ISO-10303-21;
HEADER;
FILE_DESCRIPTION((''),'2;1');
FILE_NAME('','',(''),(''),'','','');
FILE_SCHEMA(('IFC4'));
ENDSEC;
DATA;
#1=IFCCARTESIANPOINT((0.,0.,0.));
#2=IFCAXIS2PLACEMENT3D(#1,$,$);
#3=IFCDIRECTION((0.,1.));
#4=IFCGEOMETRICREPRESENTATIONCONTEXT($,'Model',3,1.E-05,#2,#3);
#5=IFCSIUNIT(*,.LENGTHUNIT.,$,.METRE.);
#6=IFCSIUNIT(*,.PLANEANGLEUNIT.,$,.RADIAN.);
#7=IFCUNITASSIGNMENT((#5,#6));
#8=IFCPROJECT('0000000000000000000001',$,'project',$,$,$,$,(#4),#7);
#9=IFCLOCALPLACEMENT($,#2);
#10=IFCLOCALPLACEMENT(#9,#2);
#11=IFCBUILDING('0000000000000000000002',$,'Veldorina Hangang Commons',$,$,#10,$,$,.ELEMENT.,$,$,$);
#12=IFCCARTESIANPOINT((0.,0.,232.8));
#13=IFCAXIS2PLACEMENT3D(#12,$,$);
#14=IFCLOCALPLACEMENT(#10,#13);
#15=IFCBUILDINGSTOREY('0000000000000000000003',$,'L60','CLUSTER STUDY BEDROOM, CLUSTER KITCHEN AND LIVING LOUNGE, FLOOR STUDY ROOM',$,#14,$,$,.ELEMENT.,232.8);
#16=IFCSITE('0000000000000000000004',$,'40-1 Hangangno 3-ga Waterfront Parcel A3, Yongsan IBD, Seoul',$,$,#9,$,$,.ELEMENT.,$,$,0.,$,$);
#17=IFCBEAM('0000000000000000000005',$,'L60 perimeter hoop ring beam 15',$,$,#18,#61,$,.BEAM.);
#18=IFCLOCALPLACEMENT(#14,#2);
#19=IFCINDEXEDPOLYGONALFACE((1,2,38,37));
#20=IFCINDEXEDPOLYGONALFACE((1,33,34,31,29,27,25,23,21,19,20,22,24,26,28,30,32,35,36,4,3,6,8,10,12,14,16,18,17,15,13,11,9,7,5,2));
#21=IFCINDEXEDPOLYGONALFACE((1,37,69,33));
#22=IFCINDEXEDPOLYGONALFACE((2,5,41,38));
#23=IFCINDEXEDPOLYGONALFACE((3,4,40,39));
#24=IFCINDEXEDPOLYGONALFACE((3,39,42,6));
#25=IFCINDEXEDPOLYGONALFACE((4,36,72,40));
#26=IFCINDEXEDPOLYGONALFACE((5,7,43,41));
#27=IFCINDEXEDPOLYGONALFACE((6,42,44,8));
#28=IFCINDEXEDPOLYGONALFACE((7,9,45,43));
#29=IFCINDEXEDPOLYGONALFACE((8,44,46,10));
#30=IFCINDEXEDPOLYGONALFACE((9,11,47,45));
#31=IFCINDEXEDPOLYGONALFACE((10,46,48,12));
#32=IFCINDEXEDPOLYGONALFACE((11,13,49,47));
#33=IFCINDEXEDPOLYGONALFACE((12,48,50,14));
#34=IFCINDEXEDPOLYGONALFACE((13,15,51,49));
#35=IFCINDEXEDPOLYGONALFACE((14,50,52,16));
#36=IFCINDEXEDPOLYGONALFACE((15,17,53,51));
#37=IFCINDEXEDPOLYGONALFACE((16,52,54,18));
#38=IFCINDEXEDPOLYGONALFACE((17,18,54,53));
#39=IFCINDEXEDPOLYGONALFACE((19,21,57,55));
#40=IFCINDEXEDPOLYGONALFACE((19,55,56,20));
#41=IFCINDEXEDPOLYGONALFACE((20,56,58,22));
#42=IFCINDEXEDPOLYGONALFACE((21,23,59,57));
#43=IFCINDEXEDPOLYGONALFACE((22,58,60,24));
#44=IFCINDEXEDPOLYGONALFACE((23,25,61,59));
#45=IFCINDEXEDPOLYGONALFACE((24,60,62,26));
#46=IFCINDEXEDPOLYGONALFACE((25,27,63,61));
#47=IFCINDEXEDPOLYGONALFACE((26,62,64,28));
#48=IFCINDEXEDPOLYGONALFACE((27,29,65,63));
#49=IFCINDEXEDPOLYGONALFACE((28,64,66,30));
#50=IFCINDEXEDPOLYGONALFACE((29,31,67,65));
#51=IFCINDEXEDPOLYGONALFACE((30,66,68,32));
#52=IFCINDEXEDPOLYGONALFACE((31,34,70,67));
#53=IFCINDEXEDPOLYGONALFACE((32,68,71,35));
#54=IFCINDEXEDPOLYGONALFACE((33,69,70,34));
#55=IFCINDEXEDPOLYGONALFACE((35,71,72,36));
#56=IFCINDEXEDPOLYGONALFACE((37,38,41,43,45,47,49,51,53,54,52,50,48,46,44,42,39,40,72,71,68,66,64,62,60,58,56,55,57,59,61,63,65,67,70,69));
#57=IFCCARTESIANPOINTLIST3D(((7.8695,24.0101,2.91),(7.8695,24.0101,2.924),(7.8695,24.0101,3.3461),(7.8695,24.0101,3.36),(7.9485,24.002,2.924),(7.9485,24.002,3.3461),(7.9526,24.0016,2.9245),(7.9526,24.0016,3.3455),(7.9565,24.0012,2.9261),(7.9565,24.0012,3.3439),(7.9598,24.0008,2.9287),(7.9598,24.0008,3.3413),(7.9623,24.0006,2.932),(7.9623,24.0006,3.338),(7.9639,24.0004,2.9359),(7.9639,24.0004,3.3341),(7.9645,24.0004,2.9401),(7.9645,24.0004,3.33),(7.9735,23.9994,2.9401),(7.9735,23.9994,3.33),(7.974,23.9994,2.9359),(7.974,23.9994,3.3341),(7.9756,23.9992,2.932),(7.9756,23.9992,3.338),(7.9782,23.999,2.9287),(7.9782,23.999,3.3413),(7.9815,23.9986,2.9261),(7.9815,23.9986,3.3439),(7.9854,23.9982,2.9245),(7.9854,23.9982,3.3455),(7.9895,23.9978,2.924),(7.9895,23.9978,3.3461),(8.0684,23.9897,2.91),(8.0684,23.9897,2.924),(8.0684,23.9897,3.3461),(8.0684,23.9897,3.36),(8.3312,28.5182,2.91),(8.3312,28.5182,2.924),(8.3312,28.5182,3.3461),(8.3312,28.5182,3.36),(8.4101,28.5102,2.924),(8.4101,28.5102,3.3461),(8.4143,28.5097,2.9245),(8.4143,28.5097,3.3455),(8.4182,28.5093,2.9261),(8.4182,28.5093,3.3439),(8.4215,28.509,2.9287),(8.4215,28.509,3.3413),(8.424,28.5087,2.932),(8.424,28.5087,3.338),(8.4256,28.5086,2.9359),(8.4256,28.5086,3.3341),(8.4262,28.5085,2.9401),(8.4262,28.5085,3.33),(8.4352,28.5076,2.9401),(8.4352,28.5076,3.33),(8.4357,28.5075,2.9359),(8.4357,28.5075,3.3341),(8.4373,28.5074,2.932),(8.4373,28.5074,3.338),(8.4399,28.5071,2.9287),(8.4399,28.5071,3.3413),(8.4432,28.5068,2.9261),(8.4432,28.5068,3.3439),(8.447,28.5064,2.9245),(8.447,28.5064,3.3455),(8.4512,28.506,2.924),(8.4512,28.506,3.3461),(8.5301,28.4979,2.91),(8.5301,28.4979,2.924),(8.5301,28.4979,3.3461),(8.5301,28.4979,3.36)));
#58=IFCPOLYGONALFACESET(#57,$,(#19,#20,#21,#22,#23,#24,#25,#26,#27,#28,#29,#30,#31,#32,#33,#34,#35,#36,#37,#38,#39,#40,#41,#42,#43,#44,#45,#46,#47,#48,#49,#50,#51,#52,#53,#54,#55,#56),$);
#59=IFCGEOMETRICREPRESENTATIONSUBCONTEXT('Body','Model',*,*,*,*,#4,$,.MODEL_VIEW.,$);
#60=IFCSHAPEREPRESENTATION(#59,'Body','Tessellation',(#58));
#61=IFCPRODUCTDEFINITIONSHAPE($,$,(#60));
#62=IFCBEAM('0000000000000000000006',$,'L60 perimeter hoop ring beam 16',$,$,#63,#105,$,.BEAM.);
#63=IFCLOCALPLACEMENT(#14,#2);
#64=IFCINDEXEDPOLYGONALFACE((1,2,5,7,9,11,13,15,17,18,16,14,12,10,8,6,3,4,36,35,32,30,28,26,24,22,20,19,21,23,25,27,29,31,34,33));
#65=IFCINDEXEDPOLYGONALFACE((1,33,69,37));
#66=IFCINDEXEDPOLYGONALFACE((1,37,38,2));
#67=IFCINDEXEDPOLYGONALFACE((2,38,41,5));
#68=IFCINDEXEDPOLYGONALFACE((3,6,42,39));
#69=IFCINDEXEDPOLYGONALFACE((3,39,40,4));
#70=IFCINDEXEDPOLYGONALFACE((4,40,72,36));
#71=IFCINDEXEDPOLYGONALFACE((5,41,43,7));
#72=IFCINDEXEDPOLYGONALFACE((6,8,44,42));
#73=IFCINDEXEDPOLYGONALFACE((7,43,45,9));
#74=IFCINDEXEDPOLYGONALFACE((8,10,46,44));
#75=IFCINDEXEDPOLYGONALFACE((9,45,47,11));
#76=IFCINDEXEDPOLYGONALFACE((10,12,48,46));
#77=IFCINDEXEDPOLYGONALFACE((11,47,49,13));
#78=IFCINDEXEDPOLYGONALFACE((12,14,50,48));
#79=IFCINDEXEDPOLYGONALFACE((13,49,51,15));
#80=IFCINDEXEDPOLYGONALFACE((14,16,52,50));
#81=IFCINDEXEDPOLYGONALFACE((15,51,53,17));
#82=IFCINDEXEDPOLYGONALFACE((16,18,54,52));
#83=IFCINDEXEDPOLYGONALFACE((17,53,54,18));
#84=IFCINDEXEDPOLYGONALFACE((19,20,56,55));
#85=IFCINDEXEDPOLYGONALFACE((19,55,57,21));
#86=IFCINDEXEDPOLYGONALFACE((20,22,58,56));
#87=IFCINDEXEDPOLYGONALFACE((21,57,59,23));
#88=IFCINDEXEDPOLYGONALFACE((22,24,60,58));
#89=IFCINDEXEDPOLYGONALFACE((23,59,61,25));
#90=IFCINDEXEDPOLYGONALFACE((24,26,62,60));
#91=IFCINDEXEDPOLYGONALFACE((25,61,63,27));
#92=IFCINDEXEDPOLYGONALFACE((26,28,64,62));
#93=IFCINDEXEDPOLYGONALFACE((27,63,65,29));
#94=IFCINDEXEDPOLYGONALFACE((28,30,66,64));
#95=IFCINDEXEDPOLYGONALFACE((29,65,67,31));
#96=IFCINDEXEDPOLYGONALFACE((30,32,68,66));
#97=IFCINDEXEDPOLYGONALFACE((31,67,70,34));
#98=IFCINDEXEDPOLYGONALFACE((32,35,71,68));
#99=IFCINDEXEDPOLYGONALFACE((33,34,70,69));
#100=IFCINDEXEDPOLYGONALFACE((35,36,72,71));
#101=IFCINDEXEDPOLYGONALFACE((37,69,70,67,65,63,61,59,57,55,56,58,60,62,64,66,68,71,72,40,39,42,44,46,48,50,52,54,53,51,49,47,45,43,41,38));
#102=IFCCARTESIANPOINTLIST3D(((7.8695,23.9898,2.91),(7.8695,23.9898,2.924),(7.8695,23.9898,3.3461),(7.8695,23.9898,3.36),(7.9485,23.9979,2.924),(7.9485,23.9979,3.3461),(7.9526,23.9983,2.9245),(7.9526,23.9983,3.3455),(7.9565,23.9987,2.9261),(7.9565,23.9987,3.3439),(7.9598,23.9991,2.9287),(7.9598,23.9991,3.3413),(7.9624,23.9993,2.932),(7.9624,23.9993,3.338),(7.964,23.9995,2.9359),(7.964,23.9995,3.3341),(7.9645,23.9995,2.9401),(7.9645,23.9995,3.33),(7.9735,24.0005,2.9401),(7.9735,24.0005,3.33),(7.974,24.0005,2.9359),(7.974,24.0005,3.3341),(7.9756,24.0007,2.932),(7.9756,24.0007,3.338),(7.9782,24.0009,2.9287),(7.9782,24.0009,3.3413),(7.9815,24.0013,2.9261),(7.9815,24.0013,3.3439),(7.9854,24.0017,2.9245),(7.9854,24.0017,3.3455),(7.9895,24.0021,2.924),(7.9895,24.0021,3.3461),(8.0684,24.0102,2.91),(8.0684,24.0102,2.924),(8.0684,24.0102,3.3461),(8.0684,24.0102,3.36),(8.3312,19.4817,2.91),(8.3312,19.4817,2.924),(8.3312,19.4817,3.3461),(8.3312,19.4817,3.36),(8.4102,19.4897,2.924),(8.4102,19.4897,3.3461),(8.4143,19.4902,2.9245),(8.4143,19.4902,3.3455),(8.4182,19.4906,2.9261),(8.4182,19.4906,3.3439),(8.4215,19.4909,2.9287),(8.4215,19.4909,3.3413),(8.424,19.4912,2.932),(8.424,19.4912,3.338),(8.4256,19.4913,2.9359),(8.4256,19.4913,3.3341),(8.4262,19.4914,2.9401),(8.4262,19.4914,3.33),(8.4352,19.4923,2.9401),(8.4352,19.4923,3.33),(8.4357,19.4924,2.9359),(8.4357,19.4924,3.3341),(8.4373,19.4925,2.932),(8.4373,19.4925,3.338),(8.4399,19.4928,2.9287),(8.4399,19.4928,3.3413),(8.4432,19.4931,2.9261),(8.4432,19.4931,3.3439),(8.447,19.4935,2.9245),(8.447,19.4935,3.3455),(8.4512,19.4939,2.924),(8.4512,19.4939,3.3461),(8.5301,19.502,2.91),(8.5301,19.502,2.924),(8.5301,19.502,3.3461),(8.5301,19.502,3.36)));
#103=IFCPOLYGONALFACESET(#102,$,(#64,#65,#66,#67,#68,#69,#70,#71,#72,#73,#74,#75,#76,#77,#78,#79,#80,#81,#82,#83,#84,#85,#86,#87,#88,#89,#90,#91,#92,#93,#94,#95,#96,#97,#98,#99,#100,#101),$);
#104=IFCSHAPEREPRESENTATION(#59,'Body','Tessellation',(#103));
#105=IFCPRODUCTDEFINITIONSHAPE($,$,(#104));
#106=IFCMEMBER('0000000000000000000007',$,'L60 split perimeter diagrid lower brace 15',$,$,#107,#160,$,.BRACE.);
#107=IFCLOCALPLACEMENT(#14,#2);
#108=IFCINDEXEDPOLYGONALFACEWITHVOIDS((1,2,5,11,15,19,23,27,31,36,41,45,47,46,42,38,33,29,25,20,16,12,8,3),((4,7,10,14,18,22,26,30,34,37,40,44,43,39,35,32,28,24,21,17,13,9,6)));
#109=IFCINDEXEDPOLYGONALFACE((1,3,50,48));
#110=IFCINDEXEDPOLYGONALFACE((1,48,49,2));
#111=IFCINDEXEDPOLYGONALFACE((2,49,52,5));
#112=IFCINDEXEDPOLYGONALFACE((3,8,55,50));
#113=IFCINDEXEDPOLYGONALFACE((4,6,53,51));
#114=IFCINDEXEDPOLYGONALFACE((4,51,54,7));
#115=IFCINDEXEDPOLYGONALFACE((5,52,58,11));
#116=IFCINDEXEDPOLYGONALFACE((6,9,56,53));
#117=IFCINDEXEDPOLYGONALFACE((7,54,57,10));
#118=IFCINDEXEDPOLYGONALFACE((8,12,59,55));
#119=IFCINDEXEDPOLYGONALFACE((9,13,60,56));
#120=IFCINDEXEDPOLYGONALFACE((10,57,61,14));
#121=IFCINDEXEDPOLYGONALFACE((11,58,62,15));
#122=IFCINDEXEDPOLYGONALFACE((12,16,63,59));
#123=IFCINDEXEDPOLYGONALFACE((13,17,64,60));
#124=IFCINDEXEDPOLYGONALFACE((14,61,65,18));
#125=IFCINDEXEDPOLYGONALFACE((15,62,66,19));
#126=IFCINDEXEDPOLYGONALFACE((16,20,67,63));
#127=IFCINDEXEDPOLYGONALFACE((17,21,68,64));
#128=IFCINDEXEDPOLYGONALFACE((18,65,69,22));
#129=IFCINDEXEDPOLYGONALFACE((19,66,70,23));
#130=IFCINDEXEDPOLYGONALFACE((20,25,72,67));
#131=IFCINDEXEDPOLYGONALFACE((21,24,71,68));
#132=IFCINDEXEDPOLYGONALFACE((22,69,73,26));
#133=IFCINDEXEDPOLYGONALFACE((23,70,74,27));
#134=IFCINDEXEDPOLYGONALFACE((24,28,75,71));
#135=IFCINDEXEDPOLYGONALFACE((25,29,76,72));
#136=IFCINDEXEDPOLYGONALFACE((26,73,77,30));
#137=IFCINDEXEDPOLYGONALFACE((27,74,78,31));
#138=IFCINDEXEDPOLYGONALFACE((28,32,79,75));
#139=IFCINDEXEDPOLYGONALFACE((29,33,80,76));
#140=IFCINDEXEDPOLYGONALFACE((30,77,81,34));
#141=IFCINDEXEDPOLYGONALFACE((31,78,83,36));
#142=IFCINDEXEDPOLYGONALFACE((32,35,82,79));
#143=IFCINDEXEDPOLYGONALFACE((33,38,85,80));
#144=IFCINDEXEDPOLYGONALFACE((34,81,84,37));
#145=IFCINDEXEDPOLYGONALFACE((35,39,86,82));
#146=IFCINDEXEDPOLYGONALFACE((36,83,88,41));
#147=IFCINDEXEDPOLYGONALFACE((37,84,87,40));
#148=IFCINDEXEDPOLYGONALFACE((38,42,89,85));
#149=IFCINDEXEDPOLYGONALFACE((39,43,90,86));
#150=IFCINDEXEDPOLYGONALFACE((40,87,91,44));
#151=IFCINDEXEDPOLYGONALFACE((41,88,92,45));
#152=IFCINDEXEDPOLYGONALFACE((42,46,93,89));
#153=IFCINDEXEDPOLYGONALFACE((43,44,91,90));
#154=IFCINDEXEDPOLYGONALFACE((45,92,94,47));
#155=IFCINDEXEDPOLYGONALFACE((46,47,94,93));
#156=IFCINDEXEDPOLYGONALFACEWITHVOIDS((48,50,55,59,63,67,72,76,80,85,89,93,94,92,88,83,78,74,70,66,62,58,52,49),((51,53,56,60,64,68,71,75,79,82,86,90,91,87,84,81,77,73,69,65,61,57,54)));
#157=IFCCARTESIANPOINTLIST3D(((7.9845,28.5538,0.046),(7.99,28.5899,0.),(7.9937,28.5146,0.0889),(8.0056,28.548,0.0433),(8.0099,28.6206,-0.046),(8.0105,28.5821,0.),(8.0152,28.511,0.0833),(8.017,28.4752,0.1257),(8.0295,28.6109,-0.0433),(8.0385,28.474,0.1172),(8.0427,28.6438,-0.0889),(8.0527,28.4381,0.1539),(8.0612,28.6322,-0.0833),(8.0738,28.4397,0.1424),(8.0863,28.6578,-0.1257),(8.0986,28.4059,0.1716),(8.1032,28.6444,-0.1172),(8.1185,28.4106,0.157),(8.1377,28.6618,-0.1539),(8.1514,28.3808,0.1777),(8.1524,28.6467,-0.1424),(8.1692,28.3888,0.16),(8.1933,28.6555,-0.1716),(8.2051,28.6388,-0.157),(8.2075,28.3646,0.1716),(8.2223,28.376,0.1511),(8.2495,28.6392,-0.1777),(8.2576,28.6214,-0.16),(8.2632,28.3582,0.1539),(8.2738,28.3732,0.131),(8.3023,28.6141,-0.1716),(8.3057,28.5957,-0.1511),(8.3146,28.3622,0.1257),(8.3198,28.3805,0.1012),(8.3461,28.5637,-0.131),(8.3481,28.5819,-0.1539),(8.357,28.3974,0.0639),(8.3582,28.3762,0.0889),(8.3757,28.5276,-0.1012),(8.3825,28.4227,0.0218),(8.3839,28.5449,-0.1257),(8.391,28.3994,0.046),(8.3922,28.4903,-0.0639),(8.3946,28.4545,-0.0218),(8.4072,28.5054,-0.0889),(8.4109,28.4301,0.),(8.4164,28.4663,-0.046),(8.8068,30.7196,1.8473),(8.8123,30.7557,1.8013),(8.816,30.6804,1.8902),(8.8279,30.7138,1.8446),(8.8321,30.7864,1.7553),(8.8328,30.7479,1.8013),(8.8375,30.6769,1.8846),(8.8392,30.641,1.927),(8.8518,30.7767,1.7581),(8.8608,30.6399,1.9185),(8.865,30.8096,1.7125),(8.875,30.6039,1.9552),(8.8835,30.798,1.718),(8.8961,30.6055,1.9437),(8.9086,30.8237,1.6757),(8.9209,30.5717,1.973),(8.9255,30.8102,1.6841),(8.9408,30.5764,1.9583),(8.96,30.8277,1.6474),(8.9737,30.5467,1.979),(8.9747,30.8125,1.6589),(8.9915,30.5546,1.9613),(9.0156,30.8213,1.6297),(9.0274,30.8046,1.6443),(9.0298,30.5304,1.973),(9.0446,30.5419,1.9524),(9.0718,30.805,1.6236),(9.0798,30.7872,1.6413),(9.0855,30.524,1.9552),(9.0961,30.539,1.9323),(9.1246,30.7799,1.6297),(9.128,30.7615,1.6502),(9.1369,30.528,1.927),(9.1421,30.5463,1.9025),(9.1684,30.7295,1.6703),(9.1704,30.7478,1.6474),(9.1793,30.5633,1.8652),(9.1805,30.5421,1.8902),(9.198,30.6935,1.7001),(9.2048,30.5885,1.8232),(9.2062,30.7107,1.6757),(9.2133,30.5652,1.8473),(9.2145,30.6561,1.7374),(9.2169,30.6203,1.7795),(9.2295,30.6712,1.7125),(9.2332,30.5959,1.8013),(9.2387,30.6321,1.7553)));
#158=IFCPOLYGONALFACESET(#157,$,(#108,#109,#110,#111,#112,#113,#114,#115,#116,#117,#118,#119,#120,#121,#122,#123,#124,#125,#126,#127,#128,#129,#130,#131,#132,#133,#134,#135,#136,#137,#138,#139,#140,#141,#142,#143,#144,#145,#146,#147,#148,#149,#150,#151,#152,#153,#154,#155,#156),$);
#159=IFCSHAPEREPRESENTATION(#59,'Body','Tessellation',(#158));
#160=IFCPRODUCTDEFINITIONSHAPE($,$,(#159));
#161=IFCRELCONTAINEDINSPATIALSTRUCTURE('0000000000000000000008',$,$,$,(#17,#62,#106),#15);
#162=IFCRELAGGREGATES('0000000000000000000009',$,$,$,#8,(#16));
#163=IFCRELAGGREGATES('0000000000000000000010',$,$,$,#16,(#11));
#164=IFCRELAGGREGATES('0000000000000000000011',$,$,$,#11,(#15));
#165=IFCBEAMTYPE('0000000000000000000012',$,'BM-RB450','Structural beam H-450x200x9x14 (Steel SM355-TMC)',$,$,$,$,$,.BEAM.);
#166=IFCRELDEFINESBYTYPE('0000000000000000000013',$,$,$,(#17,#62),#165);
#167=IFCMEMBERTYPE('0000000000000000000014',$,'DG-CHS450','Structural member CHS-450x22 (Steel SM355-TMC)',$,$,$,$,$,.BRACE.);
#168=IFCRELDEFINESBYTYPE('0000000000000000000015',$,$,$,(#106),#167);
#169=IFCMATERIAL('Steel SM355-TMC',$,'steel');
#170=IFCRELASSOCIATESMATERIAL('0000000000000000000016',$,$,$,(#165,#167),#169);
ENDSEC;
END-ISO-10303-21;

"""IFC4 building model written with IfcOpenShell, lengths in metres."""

from ifc_helpers import new_model, si_unit, direction, frame, origin, origin_2d, place, context, subcontext, project, spatial, hollow_circle, i_section, extrude, material, material_profile, profile_set, type_object, element, save


model = new_model("IFC4")

# Units and contexts
model_context = context("Model", 3, precision=1e-05, world=origin(), true_north=direction((0.0, 1.0)))
body_context = subcontext(model_context, "Body", "Model", "MODEL_VIEW")
ifc_project = project(units=[si_unit("LENGTHUNIT", "METRE"), si_unit("PLANEANGLEUNIT", "RADIAN")], contexts=[model_context])

# Site, building, storey
site_placement = place(None, origin())
site = spatial("IfcSite", under=ifc_project, at=site_placement, Name="40-1 Hangangno 3-ga Waterfront Parcel A3, Yongsan IBD, Seoul", CompositionType="ELEMENT", RefElevation=0.0)
building_placement = place(site_placement, origin())
building = spatial("IfcBuilding", under=site, at=building_placement, Name="Veldorina Hangang Commons", CompositionType="ELEMENT")
storey_placement = place(building_placement, frame((0.0, 0.0, 232.8)))
storey = spatial("IfcBuildingStorey", under=building, at=storey_placement, Name="L60", Description="CLUSTER STUDY BEDROOM, CLUSTER KITCHEN AND LIVING LOUNGE, FLOOR STUDY ROOM", CompositionType="ELEMENT", Elevation=232.8)

# Beams
ifc_material_1 = material(Name="Steel SM355-TMC", Category="steel")
ifc_material_profile_1 = material_profile(ifc_material_1, i_section(OverallWidth=0.2, OverallDepth=0.45, WebThickness=0.009, FlangeThickness=0.0139, FilletRadius=0.0161, at=origin_2d()), Name="H-450x200x9x14")
ifc_profile_set_1 = profile_set([ifc_material_profile_1], Name="Steel SM355-TMC")
beam_type = type_object("IfcBeamType", Name="BM-RB450", Description="Structural beam H-450x200x9x14 (Steel SM355-TMC)", PredefinedType="BEAM", material=ifc_profile_set_1)
for number, where, z_axis, x_axis, name in (
    (1, (8.4307, 28.5081, 3.135), (-0.101877, -0.994797, 0.0), (0.994797, -0.101877, 0.0), "L60 perimeter hoop ring beam 15"),
    (2, (7.969, 24.0, 3.135), (0.101877, -0.994797, 0.0), (0.994797, 0.101877, 0.0), "L60 perimeter hoop ring beam 16"),
):
    element("IfcBeam", number, at=place(storey_placement, frame(where, z_axis=z_axis, x_axis=x_axis)), inside=storey, type_object=beam_type, Name=name, PredefinedType="BEAM", context=body_context, shape_type="SweptSolid", body=[
        extrude(i_section(OverallWidth=0.2, OverallDepth=0.45, WebThickness=0.009, FlangeThickness=0.0139, FilletRadius=0.0161, at=origin_2d()), origin(), (0.0, 0.0, 1.0), 4.5317),
    ])

# Member
ifc_material_profile_2 = material_profile(ifc_material_1, hollow_circle(Radius=0.2251, WallThickness=0.022, at=origin_2d()), Name="CHS-450x22")
ifc_profile_set_2 = profile_set([ifc_material_profile_2], Name="Steel SM355-TMC")
member_type_1 = type_object("IfcMemberType", Name="DG-CHS450", Description="Structural member CHS-450x22 (Steel SM355-TMC)", PredefinedType="BRACE", material=ifc_profile_set_2)
member_1_placement = place(storey_placement, frame((8.2004, 28.51, 0.0), z_axis=(0.280207, 0.738039, 0.613826), x_axis=(-0.934888, 0.354943, 0.0)))
element("IfcMember", 3, at=member_1_placement, inside=storey, type_object=member_type_1, Name="L60 split perimeter diagrid lower brace 15", PredefinedType="BRACE", context=body_context, shape_type="SweptSolid", body=[
    extrude(hollow_circle(Radius=0.2251, WallThickness=0.022, at=origin_2d()), origin(), (0.0, 0.0, 1.0), 2.9346),
])

save(model, "model.ifc")
